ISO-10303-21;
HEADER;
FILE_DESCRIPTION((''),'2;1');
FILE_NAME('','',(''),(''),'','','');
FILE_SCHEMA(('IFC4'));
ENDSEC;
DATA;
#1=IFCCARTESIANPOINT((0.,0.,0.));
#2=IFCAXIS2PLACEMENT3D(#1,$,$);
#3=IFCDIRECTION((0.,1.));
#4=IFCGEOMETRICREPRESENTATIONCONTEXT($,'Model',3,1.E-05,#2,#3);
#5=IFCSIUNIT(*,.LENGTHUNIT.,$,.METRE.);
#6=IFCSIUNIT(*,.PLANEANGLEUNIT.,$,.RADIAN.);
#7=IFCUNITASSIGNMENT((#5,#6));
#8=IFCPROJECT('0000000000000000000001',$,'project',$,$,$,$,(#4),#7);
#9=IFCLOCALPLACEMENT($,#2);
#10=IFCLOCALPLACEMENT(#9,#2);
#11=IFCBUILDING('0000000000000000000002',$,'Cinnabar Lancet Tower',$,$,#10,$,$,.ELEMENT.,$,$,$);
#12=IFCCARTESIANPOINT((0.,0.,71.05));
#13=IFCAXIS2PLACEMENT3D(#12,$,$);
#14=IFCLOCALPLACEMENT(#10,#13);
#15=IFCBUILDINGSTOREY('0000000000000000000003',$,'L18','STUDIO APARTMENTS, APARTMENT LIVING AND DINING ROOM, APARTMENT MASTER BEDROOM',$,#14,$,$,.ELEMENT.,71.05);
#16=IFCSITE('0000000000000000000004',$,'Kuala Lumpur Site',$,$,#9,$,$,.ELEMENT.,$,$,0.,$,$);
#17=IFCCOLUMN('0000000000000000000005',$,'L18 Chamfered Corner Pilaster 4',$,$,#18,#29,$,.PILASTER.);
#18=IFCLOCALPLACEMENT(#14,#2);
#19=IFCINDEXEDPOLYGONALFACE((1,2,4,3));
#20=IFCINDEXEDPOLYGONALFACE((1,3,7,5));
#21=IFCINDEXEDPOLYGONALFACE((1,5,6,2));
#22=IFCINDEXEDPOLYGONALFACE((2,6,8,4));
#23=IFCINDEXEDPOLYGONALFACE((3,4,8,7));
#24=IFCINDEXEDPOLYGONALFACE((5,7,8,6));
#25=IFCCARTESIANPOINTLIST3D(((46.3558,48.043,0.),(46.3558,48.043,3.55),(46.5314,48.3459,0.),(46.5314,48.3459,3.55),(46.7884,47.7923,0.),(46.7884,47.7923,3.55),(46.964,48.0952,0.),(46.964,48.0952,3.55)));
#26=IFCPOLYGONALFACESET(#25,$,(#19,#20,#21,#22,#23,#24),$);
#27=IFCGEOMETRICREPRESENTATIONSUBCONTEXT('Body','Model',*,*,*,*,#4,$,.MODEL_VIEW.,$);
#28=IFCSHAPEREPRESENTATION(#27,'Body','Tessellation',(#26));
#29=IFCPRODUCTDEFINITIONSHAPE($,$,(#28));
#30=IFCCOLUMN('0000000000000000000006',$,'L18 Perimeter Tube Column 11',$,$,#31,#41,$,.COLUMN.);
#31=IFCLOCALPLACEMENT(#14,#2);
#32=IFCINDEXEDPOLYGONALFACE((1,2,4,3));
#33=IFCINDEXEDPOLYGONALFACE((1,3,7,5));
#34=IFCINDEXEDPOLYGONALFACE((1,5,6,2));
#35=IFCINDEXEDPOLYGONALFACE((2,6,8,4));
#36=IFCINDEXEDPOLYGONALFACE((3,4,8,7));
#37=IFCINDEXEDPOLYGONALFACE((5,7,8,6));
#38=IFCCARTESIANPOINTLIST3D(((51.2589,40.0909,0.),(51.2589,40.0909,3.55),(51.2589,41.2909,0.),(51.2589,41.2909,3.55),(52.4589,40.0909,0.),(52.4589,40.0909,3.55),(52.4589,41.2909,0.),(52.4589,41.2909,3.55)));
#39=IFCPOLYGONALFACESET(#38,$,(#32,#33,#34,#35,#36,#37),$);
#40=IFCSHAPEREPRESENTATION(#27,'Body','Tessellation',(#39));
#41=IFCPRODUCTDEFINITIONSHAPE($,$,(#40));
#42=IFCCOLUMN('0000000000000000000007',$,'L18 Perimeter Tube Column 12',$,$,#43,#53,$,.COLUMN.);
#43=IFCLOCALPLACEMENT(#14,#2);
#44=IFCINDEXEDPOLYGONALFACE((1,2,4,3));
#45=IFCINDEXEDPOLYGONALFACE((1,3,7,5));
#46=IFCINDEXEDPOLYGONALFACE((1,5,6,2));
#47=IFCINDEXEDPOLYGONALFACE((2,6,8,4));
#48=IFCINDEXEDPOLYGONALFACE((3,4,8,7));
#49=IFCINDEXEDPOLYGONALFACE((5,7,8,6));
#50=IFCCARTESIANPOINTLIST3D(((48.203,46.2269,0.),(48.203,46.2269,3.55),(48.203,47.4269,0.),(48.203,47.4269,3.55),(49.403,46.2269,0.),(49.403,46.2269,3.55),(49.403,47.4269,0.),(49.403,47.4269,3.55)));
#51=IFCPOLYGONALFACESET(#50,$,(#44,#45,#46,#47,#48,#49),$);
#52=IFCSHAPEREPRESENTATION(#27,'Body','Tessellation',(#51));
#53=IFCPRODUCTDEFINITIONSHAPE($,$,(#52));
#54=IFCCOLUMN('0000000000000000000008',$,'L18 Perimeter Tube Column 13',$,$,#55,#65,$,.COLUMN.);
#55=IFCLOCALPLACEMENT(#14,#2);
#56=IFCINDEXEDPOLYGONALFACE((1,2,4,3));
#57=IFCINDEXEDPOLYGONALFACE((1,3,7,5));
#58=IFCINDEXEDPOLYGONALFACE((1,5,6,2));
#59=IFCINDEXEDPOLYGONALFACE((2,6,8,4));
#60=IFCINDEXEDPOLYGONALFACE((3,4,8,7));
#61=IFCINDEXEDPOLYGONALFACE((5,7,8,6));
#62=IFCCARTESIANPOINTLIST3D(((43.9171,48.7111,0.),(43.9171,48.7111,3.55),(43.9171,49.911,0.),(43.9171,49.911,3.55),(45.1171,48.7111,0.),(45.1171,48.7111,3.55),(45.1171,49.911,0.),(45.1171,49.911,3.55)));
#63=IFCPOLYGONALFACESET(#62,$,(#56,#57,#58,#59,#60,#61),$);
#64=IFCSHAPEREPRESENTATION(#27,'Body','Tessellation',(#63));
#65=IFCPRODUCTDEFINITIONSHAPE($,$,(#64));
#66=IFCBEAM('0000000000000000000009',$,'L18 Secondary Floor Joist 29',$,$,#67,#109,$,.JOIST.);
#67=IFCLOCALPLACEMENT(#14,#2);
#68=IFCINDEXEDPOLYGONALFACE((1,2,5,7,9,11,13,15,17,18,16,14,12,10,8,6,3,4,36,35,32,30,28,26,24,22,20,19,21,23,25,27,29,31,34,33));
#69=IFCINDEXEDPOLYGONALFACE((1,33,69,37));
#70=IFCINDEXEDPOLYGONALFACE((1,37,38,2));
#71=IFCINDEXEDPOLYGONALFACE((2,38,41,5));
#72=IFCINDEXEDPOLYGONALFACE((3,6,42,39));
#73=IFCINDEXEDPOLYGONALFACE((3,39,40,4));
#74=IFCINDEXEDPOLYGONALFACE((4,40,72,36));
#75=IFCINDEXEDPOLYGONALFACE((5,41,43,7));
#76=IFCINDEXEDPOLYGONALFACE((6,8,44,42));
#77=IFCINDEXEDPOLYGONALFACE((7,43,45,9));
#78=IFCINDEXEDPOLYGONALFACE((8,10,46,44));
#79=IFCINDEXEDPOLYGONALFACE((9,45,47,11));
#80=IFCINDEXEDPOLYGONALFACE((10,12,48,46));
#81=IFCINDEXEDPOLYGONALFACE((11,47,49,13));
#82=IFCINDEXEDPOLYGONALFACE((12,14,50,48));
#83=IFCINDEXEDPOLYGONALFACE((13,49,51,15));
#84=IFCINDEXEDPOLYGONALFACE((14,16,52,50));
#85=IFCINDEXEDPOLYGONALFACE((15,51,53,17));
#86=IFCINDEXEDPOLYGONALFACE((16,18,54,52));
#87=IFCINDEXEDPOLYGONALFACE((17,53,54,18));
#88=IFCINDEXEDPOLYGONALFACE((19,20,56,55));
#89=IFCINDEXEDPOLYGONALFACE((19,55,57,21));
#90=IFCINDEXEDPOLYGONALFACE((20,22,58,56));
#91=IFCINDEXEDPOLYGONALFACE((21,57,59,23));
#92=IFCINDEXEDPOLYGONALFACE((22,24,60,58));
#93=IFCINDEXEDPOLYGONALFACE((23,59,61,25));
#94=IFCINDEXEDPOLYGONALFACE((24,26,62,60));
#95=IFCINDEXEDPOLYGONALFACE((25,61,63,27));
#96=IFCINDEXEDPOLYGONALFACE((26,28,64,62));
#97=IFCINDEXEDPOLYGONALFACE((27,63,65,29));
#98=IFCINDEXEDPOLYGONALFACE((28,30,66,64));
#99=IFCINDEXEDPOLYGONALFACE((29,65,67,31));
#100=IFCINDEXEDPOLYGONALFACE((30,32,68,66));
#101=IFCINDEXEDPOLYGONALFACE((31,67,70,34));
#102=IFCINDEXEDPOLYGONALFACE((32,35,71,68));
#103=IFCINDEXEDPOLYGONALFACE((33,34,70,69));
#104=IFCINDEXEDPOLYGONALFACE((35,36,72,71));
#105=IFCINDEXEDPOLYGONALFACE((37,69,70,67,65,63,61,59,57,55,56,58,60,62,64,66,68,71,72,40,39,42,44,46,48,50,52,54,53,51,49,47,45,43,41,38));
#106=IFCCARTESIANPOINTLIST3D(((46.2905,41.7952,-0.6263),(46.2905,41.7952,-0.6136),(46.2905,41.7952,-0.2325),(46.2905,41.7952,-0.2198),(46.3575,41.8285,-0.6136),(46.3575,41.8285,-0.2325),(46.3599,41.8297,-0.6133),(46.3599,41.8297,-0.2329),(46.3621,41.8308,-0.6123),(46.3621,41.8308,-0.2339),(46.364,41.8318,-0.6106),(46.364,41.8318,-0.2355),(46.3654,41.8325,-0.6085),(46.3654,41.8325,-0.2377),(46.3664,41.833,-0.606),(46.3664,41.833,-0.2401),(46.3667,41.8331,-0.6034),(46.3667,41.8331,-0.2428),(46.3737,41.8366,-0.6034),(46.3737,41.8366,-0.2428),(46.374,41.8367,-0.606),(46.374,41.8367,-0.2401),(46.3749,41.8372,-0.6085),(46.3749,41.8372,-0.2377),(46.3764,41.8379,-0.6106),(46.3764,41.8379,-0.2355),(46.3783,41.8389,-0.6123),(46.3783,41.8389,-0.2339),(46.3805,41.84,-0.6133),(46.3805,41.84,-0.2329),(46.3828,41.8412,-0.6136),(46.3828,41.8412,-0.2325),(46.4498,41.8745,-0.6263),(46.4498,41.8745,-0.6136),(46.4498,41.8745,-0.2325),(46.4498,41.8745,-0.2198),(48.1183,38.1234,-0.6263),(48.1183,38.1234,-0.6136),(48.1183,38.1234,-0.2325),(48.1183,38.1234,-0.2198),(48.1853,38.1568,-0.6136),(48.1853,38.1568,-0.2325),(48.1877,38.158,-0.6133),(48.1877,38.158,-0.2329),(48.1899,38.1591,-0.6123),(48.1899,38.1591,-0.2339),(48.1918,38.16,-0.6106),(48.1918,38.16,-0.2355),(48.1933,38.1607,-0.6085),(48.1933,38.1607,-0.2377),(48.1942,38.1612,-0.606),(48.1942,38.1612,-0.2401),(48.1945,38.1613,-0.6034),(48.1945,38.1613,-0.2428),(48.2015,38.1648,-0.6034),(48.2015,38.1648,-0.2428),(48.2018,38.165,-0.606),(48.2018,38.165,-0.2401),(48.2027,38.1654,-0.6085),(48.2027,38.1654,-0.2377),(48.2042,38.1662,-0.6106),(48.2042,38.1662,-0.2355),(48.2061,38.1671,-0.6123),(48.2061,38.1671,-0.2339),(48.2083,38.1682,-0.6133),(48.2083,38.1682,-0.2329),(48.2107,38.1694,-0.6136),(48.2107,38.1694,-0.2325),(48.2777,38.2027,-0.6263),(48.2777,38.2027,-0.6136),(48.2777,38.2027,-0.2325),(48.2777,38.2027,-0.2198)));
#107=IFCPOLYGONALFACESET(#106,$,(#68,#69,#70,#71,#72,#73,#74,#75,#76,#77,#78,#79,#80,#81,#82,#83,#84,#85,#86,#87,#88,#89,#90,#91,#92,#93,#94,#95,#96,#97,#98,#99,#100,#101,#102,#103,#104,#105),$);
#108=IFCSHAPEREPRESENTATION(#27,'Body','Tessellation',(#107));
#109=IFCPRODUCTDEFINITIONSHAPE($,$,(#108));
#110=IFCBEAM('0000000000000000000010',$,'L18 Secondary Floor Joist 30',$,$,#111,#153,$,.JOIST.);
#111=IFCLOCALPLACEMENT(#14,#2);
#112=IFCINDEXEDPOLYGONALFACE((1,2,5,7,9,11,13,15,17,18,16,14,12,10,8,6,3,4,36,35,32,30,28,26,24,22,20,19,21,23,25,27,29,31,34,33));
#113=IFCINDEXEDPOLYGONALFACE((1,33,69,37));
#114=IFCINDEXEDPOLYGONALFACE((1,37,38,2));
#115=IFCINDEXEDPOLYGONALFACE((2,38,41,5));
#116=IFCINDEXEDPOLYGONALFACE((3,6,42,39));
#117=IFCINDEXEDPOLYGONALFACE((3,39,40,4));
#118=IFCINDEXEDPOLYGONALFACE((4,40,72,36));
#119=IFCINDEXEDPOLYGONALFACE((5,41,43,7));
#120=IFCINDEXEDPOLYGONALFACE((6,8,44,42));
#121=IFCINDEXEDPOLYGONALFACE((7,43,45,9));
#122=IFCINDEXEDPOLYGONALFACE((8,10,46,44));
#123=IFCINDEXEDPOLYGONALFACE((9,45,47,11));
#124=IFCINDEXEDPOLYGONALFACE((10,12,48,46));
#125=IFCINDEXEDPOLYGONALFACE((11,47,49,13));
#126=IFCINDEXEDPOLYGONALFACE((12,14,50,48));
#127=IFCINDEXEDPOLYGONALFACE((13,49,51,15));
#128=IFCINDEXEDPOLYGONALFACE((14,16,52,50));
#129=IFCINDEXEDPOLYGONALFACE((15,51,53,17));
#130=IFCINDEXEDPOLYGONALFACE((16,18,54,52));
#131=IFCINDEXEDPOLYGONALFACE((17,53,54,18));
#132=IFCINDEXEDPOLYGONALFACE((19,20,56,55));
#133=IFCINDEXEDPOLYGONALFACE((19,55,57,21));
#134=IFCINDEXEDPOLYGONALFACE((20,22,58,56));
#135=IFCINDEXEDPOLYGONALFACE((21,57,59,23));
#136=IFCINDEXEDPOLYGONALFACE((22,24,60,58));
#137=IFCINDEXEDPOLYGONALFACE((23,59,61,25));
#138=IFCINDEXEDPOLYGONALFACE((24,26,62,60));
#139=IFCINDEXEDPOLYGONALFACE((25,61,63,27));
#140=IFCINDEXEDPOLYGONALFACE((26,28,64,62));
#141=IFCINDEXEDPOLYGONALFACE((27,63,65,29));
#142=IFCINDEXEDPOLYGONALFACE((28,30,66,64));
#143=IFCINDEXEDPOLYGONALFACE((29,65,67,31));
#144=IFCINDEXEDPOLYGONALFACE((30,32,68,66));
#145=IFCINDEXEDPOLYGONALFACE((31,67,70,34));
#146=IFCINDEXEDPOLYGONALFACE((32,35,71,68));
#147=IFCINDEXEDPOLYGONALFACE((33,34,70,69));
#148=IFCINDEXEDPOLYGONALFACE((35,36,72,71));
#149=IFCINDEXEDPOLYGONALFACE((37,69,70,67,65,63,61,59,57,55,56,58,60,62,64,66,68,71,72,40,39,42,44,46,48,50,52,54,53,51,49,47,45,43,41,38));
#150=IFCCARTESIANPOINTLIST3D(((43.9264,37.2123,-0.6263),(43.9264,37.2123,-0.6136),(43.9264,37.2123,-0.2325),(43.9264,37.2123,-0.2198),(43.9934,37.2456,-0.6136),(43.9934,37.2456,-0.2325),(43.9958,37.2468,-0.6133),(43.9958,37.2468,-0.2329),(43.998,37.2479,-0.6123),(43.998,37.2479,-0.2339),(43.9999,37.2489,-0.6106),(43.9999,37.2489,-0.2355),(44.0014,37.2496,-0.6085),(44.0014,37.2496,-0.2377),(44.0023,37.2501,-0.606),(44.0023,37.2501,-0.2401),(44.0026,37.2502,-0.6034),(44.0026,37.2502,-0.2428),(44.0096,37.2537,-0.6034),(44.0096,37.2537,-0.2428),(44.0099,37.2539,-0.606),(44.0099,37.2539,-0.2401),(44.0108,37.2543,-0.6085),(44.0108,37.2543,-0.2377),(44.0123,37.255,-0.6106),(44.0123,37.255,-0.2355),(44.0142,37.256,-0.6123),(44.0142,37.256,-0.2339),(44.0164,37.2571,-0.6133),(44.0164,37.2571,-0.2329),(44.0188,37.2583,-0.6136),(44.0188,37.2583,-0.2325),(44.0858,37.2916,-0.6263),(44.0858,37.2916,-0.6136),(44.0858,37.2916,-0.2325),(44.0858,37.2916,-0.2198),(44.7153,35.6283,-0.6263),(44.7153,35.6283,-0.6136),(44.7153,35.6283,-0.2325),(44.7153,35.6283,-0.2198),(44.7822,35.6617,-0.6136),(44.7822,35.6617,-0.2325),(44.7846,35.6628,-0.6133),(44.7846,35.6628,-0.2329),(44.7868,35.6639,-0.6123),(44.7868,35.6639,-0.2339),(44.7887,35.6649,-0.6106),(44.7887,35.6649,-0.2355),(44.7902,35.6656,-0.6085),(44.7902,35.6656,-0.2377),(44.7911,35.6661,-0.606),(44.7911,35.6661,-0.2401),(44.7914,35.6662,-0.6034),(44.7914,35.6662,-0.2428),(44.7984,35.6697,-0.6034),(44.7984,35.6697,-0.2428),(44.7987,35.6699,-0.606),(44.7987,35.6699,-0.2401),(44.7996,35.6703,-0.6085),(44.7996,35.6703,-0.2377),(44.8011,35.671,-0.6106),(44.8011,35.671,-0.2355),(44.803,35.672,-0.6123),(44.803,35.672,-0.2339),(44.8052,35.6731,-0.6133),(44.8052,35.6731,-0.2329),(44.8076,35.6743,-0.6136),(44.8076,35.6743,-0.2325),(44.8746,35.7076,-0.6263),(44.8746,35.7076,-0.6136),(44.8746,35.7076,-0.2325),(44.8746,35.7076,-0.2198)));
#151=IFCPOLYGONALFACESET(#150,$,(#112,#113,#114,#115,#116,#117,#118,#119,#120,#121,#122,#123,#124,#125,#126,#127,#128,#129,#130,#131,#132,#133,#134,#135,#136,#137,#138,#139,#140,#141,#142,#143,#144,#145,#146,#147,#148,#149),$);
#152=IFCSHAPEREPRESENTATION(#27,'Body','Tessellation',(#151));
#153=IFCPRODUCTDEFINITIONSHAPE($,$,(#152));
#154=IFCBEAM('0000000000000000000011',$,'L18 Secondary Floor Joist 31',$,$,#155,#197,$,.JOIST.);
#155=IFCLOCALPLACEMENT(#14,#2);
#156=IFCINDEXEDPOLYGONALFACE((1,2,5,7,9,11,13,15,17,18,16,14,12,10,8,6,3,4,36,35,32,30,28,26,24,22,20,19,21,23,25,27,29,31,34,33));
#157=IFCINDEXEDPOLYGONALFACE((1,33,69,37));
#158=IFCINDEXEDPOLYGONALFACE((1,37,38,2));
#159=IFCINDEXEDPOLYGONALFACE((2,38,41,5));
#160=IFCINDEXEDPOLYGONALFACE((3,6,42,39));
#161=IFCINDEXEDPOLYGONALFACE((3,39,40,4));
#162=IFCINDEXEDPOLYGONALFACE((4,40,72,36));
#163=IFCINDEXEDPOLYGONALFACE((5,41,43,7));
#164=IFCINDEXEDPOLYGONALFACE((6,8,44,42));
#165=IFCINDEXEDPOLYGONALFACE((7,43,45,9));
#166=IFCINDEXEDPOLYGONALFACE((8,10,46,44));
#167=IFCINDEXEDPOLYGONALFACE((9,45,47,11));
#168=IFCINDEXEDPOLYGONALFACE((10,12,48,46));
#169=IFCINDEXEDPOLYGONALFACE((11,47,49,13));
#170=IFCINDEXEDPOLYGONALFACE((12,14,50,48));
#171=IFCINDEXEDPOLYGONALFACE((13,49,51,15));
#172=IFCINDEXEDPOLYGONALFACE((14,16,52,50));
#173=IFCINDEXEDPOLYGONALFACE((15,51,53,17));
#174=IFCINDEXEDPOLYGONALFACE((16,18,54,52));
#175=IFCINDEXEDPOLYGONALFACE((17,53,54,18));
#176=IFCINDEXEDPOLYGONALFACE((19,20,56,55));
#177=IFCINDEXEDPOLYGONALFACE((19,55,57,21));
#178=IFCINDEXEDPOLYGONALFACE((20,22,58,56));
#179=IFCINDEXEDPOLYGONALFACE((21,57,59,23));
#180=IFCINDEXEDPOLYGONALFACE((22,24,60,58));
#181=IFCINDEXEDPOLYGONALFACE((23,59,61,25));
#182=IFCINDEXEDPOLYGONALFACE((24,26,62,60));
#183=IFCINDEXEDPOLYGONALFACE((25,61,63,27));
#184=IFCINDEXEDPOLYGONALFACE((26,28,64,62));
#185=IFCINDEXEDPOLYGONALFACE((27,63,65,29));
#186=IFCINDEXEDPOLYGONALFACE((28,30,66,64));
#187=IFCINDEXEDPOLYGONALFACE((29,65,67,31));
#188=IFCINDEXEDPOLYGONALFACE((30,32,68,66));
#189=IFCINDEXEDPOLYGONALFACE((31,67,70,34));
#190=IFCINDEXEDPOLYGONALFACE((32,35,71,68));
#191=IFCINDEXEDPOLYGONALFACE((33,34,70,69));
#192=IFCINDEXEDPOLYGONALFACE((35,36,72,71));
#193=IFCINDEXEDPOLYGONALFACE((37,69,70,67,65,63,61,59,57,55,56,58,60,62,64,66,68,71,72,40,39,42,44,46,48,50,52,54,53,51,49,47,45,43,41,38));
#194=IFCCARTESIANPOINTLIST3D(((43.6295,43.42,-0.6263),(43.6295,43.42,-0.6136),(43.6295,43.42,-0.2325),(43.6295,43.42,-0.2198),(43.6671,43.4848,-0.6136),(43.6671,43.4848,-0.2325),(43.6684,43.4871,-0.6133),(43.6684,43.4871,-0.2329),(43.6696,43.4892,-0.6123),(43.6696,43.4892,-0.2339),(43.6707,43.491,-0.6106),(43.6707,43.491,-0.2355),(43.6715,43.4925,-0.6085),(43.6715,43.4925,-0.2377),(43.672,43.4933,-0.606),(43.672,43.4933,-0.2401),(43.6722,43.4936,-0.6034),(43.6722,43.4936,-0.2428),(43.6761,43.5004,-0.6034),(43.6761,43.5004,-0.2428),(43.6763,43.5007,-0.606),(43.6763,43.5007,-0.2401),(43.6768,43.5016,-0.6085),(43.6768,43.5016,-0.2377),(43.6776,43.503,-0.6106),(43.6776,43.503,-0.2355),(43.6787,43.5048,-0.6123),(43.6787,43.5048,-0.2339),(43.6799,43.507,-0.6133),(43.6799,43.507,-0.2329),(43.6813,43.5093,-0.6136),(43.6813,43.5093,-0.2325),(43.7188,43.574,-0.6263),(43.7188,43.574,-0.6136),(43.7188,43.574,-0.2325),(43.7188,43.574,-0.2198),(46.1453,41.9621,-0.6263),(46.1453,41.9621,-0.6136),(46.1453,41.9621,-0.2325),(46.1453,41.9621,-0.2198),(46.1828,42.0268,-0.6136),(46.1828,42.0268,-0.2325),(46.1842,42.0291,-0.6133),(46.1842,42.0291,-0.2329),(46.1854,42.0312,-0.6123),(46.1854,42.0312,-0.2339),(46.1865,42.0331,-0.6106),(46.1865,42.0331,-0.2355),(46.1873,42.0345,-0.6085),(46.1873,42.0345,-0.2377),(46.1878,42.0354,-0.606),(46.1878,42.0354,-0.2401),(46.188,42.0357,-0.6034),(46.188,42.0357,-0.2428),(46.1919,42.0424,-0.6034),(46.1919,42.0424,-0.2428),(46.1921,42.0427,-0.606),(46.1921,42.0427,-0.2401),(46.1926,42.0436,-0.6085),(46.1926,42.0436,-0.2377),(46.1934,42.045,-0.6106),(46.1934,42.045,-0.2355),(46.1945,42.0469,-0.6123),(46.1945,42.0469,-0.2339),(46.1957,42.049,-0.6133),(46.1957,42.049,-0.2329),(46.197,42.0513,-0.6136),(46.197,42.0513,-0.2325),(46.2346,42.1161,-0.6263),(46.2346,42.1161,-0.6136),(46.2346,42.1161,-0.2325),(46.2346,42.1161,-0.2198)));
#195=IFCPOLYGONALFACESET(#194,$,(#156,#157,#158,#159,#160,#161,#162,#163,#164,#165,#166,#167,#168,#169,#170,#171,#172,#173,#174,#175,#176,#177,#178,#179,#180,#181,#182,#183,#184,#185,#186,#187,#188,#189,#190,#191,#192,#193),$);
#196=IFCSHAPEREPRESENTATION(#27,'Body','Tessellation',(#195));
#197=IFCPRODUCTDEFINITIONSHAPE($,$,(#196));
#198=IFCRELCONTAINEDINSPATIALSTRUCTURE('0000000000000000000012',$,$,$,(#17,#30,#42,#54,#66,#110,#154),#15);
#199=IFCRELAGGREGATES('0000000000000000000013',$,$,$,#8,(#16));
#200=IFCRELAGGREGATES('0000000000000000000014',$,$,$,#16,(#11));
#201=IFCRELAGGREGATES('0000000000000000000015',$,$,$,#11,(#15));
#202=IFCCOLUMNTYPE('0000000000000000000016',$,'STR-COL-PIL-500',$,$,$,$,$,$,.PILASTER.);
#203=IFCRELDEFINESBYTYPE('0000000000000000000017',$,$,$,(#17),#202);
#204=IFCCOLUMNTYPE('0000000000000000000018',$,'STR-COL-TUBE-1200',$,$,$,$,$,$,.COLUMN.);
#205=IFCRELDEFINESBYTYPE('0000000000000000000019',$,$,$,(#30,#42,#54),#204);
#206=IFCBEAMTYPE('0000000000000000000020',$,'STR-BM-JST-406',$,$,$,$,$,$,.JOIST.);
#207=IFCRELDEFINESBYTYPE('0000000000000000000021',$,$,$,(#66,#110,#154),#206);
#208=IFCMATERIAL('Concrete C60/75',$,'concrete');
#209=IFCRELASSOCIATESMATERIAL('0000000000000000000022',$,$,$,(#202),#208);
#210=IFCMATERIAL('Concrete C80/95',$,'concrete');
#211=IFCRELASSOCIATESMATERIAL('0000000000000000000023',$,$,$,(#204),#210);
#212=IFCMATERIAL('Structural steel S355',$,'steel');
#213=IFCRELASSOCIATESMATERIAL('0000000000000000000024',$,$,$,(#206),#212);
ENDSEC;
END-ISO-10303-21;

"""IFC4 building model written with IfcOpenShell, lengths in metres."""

from ifc_helpers import new_model, si_unit, direction, frame, origin, origin_2d, place, context, subcontext, project, spatial, rectangle, i_section, extrude, material, material_profile, profile_set, type_object, element, save


model = new_model("IFC4")

# Units and contexts
model_context = context("Model", 3, precision=1e-05, world=origin(), true_north=direction((0.0, 1.0)))
body_context = subcontext(model_context, "Body", "Model", "MODEL_VIEW")
ifc_project = project(units=[si_unit("LENGTHUNIT", "METRE"), si_unit("PLANEANGLEUNIT", "RADIAN")], contexts=[model_context])

# Site, building, storey
site_placement = place(None, origin())
site = spatial("IfcSite", under=ifc_project, at=site_placement, Name="Kuala Lumpur Site", CompositionType="ELEMENT", RefElevation=0.0)
building_placement = place(site_placement, origin())
building = spatial("IfcBuilding", under=site, at=building_placement, Name="Cinnabar Lancet Tower", CompositionType="ELEMENT")
storey_placement = place(building_placement, frame((0.0, 0.0, 71.05)))
storey = spatial("IfcBuildingStorey", under=building, at=storey_placement, Name="L18", Description="STUDIO APARTMENTS, APARTMENT LIVING AND DINING ROOM, APARTMENT MASTER BEDROOM", CompositionType="ELEMENT", Elevation=71.05)

# Columns
ifc_material_1 = material(Name="Concrete C60/75", Category="concrete")
ifc_material_profile_1 = material_profile(ifc_material_1, rectangle(XDim=0.5, YDim=0.3501, at=origin_2d()), Name="RC-PIL 500x350")
ifc_profile_set_1 = profile_set([ifc_material_profile_1], Name="Concrete C60/75")
column_type_1 = type_object("IfcColumnType", Name="STR-COL-PIL-500", PredefinedType="PILASTER", material=ifc_profile_set_1)
column_placement = place(storey_placement, frame((46.6599, 48.0691, 0.0), z_axis=(0.0, 0.0, 1.0), x_axis=(-0.865195, 0.501435, 0.0)))
element("IfcColumn", 1, at=column_placement, inside=storey, type_object=column_type_1, Name="L18 Chamfered Corner Pilaster 4", PredefinedType="PILASTER", context=body_context, shape_type="SweptSolid", body=[
    extrude(rectangle(XDim=0.5, YDim=0.3501, at=origin_2d()), origin(), (0.0, 0.0, 1.0), 3.55),
])
ifc_material_2 = material(Name="Concrete C80/95", Category="concrete")
ifc_material_profile_2 = material_profile(ifc_material_2, rectangle(XDim=1.2, YDim=1.2, at=origin_2d()), Name="RC-COL 1200x1200")
ifc_profile_set_2 = profile_set([ifc_material_profile_2], Name="Concrete C80/95")
column_type_2 = type_object("IfcColumnType", Name="STR-COL-TUBE-1200", PredefinedType="COLUMN", material=ifc_profile_set_2)
for number, where, z_axis, x_axis, name in (
    (2, (51.8589, 40.6909, 0.0), (0.0, 0.0, 1.0), (1.0, 0.0, 0.0), "L18 Perimeter Tube Column 11"),
    (3, (48.803, 46.8269, 0.0), (0.0, 0.0, 1.0), (1.0, 0.0, 0.0), "L18 Perimeter Tube Column 12"),
    (4, (44.5171, 49.311, 0.0), (0.0, 0.0, 1.0), (1.0, 0.0, 0.0), "L18 Perimeter Tube Column 13"),
):
    element("IfcColumn", number, at=place(storey_placement, frame(where, z_axis=z_axis, x_axis=x_axis)), inside=storey, type_object=column_type_2, Name=name, PredefinedType="COLUMN", context=body_context, shape_type="SweptSolid", body=[
        extrude(rectangle(XDim=1.2, YDim=1.2, at=origin_2d()), origin(), (0.0, 0.0, 1.0), 3.55),
    ])

# Beams
ifc_material_3 = material(Name="Structural steel S355", Category="steel")
ifc_material_profile_3 = material_profile(ifc_material_3, i_section(OverallWidth=0.178, OverallDepth=0.4065, WebThickness=0.0078, FlangeThickness=0.0127, FilletRadius=0.0103, at=origin_2d()), Name="UKB 406x178x60")
ifc_profile_set_3 = profile_set([ifc_material_profile_3], Name="Structural steel S355")
beam_type_1 = type_object("IfcBeamType", Name="STR-BM-JST-406", PredefinedType="JOIST", material=ifc_profile_set_3)
beam_1_placement = place(storey_placement, frame((48.198, 38.1631, -0.4231), z_axis=(-0.445642, 0.895212, 0.0), x_axis=(-0.895212, -0.445642, 0.0)))
element("IfcBeam", 5, at=beam_1_placement, inside=storey, type_object=beam_type_1, Name="L18 Secondary Floor Joist 29", PredefinedType="JOIST", context=body_context, shape_type="SweptSolid", body=[
    extrude(i_section(OverallWidth=0.178, OverallDepth=0.4065, WebThickness=0.0078, FlangeThickness=0.0127, FilletRadius=0.0103, at=origin_2d()), origin(), (0.0, 0.0, 1.0), 4.1016),
])
beam_2_placement = place(storey_placement, frame((44.7949, 35.668, -0.4231), z_axis=(-0.445778, 0.895143, 0.0), x_axis=(-0.895143, -0.445778, 0.0)))
element("IfcBeam", 6, at=beam_2_placement, inside=storey, type_object=beam_type_1, Name="L18 Secondary Floor Joist 30", PredefinedType="JOIST", context=body_context, shape_type="SweptSolid", body=[
    extrude(i_section(OverallWidth=0.178, OverallDepth=0.4065, WebThickness=0.0078, FlangeThickness=0.0127, FilletRadius=0.0103, at=origin_2d()), origin(), (0.0, 0.0, 1.0), 1.7695),
])
beam_3_placement = place(storey_placement, frame((46.1899, 42.0391, -0.4231), z_axis=(-0.86521, 0.50141, 0.0), x_axis=(-0.50141, -0.86521, 0.0)))
element("IfcBeam", 7, at=beam_3_placement, inside=storey, type_object=beam_type_1, Name="L18 Secondary Floor Joist 31", PredefinedType="JOIST", context=body_context, shape_type="SweptSolid", body=[
    extrude(i_section(OverallWidth=0.178, OverallDepth=0.4065, WebThickness=0.0078, FlangeThickness=0.0127, FilletRadius=0.0103, at=origin_2d()), origin(), (0.0, 0.0, 1.0), 2.9077),
])

save(model, "model.ifc")
